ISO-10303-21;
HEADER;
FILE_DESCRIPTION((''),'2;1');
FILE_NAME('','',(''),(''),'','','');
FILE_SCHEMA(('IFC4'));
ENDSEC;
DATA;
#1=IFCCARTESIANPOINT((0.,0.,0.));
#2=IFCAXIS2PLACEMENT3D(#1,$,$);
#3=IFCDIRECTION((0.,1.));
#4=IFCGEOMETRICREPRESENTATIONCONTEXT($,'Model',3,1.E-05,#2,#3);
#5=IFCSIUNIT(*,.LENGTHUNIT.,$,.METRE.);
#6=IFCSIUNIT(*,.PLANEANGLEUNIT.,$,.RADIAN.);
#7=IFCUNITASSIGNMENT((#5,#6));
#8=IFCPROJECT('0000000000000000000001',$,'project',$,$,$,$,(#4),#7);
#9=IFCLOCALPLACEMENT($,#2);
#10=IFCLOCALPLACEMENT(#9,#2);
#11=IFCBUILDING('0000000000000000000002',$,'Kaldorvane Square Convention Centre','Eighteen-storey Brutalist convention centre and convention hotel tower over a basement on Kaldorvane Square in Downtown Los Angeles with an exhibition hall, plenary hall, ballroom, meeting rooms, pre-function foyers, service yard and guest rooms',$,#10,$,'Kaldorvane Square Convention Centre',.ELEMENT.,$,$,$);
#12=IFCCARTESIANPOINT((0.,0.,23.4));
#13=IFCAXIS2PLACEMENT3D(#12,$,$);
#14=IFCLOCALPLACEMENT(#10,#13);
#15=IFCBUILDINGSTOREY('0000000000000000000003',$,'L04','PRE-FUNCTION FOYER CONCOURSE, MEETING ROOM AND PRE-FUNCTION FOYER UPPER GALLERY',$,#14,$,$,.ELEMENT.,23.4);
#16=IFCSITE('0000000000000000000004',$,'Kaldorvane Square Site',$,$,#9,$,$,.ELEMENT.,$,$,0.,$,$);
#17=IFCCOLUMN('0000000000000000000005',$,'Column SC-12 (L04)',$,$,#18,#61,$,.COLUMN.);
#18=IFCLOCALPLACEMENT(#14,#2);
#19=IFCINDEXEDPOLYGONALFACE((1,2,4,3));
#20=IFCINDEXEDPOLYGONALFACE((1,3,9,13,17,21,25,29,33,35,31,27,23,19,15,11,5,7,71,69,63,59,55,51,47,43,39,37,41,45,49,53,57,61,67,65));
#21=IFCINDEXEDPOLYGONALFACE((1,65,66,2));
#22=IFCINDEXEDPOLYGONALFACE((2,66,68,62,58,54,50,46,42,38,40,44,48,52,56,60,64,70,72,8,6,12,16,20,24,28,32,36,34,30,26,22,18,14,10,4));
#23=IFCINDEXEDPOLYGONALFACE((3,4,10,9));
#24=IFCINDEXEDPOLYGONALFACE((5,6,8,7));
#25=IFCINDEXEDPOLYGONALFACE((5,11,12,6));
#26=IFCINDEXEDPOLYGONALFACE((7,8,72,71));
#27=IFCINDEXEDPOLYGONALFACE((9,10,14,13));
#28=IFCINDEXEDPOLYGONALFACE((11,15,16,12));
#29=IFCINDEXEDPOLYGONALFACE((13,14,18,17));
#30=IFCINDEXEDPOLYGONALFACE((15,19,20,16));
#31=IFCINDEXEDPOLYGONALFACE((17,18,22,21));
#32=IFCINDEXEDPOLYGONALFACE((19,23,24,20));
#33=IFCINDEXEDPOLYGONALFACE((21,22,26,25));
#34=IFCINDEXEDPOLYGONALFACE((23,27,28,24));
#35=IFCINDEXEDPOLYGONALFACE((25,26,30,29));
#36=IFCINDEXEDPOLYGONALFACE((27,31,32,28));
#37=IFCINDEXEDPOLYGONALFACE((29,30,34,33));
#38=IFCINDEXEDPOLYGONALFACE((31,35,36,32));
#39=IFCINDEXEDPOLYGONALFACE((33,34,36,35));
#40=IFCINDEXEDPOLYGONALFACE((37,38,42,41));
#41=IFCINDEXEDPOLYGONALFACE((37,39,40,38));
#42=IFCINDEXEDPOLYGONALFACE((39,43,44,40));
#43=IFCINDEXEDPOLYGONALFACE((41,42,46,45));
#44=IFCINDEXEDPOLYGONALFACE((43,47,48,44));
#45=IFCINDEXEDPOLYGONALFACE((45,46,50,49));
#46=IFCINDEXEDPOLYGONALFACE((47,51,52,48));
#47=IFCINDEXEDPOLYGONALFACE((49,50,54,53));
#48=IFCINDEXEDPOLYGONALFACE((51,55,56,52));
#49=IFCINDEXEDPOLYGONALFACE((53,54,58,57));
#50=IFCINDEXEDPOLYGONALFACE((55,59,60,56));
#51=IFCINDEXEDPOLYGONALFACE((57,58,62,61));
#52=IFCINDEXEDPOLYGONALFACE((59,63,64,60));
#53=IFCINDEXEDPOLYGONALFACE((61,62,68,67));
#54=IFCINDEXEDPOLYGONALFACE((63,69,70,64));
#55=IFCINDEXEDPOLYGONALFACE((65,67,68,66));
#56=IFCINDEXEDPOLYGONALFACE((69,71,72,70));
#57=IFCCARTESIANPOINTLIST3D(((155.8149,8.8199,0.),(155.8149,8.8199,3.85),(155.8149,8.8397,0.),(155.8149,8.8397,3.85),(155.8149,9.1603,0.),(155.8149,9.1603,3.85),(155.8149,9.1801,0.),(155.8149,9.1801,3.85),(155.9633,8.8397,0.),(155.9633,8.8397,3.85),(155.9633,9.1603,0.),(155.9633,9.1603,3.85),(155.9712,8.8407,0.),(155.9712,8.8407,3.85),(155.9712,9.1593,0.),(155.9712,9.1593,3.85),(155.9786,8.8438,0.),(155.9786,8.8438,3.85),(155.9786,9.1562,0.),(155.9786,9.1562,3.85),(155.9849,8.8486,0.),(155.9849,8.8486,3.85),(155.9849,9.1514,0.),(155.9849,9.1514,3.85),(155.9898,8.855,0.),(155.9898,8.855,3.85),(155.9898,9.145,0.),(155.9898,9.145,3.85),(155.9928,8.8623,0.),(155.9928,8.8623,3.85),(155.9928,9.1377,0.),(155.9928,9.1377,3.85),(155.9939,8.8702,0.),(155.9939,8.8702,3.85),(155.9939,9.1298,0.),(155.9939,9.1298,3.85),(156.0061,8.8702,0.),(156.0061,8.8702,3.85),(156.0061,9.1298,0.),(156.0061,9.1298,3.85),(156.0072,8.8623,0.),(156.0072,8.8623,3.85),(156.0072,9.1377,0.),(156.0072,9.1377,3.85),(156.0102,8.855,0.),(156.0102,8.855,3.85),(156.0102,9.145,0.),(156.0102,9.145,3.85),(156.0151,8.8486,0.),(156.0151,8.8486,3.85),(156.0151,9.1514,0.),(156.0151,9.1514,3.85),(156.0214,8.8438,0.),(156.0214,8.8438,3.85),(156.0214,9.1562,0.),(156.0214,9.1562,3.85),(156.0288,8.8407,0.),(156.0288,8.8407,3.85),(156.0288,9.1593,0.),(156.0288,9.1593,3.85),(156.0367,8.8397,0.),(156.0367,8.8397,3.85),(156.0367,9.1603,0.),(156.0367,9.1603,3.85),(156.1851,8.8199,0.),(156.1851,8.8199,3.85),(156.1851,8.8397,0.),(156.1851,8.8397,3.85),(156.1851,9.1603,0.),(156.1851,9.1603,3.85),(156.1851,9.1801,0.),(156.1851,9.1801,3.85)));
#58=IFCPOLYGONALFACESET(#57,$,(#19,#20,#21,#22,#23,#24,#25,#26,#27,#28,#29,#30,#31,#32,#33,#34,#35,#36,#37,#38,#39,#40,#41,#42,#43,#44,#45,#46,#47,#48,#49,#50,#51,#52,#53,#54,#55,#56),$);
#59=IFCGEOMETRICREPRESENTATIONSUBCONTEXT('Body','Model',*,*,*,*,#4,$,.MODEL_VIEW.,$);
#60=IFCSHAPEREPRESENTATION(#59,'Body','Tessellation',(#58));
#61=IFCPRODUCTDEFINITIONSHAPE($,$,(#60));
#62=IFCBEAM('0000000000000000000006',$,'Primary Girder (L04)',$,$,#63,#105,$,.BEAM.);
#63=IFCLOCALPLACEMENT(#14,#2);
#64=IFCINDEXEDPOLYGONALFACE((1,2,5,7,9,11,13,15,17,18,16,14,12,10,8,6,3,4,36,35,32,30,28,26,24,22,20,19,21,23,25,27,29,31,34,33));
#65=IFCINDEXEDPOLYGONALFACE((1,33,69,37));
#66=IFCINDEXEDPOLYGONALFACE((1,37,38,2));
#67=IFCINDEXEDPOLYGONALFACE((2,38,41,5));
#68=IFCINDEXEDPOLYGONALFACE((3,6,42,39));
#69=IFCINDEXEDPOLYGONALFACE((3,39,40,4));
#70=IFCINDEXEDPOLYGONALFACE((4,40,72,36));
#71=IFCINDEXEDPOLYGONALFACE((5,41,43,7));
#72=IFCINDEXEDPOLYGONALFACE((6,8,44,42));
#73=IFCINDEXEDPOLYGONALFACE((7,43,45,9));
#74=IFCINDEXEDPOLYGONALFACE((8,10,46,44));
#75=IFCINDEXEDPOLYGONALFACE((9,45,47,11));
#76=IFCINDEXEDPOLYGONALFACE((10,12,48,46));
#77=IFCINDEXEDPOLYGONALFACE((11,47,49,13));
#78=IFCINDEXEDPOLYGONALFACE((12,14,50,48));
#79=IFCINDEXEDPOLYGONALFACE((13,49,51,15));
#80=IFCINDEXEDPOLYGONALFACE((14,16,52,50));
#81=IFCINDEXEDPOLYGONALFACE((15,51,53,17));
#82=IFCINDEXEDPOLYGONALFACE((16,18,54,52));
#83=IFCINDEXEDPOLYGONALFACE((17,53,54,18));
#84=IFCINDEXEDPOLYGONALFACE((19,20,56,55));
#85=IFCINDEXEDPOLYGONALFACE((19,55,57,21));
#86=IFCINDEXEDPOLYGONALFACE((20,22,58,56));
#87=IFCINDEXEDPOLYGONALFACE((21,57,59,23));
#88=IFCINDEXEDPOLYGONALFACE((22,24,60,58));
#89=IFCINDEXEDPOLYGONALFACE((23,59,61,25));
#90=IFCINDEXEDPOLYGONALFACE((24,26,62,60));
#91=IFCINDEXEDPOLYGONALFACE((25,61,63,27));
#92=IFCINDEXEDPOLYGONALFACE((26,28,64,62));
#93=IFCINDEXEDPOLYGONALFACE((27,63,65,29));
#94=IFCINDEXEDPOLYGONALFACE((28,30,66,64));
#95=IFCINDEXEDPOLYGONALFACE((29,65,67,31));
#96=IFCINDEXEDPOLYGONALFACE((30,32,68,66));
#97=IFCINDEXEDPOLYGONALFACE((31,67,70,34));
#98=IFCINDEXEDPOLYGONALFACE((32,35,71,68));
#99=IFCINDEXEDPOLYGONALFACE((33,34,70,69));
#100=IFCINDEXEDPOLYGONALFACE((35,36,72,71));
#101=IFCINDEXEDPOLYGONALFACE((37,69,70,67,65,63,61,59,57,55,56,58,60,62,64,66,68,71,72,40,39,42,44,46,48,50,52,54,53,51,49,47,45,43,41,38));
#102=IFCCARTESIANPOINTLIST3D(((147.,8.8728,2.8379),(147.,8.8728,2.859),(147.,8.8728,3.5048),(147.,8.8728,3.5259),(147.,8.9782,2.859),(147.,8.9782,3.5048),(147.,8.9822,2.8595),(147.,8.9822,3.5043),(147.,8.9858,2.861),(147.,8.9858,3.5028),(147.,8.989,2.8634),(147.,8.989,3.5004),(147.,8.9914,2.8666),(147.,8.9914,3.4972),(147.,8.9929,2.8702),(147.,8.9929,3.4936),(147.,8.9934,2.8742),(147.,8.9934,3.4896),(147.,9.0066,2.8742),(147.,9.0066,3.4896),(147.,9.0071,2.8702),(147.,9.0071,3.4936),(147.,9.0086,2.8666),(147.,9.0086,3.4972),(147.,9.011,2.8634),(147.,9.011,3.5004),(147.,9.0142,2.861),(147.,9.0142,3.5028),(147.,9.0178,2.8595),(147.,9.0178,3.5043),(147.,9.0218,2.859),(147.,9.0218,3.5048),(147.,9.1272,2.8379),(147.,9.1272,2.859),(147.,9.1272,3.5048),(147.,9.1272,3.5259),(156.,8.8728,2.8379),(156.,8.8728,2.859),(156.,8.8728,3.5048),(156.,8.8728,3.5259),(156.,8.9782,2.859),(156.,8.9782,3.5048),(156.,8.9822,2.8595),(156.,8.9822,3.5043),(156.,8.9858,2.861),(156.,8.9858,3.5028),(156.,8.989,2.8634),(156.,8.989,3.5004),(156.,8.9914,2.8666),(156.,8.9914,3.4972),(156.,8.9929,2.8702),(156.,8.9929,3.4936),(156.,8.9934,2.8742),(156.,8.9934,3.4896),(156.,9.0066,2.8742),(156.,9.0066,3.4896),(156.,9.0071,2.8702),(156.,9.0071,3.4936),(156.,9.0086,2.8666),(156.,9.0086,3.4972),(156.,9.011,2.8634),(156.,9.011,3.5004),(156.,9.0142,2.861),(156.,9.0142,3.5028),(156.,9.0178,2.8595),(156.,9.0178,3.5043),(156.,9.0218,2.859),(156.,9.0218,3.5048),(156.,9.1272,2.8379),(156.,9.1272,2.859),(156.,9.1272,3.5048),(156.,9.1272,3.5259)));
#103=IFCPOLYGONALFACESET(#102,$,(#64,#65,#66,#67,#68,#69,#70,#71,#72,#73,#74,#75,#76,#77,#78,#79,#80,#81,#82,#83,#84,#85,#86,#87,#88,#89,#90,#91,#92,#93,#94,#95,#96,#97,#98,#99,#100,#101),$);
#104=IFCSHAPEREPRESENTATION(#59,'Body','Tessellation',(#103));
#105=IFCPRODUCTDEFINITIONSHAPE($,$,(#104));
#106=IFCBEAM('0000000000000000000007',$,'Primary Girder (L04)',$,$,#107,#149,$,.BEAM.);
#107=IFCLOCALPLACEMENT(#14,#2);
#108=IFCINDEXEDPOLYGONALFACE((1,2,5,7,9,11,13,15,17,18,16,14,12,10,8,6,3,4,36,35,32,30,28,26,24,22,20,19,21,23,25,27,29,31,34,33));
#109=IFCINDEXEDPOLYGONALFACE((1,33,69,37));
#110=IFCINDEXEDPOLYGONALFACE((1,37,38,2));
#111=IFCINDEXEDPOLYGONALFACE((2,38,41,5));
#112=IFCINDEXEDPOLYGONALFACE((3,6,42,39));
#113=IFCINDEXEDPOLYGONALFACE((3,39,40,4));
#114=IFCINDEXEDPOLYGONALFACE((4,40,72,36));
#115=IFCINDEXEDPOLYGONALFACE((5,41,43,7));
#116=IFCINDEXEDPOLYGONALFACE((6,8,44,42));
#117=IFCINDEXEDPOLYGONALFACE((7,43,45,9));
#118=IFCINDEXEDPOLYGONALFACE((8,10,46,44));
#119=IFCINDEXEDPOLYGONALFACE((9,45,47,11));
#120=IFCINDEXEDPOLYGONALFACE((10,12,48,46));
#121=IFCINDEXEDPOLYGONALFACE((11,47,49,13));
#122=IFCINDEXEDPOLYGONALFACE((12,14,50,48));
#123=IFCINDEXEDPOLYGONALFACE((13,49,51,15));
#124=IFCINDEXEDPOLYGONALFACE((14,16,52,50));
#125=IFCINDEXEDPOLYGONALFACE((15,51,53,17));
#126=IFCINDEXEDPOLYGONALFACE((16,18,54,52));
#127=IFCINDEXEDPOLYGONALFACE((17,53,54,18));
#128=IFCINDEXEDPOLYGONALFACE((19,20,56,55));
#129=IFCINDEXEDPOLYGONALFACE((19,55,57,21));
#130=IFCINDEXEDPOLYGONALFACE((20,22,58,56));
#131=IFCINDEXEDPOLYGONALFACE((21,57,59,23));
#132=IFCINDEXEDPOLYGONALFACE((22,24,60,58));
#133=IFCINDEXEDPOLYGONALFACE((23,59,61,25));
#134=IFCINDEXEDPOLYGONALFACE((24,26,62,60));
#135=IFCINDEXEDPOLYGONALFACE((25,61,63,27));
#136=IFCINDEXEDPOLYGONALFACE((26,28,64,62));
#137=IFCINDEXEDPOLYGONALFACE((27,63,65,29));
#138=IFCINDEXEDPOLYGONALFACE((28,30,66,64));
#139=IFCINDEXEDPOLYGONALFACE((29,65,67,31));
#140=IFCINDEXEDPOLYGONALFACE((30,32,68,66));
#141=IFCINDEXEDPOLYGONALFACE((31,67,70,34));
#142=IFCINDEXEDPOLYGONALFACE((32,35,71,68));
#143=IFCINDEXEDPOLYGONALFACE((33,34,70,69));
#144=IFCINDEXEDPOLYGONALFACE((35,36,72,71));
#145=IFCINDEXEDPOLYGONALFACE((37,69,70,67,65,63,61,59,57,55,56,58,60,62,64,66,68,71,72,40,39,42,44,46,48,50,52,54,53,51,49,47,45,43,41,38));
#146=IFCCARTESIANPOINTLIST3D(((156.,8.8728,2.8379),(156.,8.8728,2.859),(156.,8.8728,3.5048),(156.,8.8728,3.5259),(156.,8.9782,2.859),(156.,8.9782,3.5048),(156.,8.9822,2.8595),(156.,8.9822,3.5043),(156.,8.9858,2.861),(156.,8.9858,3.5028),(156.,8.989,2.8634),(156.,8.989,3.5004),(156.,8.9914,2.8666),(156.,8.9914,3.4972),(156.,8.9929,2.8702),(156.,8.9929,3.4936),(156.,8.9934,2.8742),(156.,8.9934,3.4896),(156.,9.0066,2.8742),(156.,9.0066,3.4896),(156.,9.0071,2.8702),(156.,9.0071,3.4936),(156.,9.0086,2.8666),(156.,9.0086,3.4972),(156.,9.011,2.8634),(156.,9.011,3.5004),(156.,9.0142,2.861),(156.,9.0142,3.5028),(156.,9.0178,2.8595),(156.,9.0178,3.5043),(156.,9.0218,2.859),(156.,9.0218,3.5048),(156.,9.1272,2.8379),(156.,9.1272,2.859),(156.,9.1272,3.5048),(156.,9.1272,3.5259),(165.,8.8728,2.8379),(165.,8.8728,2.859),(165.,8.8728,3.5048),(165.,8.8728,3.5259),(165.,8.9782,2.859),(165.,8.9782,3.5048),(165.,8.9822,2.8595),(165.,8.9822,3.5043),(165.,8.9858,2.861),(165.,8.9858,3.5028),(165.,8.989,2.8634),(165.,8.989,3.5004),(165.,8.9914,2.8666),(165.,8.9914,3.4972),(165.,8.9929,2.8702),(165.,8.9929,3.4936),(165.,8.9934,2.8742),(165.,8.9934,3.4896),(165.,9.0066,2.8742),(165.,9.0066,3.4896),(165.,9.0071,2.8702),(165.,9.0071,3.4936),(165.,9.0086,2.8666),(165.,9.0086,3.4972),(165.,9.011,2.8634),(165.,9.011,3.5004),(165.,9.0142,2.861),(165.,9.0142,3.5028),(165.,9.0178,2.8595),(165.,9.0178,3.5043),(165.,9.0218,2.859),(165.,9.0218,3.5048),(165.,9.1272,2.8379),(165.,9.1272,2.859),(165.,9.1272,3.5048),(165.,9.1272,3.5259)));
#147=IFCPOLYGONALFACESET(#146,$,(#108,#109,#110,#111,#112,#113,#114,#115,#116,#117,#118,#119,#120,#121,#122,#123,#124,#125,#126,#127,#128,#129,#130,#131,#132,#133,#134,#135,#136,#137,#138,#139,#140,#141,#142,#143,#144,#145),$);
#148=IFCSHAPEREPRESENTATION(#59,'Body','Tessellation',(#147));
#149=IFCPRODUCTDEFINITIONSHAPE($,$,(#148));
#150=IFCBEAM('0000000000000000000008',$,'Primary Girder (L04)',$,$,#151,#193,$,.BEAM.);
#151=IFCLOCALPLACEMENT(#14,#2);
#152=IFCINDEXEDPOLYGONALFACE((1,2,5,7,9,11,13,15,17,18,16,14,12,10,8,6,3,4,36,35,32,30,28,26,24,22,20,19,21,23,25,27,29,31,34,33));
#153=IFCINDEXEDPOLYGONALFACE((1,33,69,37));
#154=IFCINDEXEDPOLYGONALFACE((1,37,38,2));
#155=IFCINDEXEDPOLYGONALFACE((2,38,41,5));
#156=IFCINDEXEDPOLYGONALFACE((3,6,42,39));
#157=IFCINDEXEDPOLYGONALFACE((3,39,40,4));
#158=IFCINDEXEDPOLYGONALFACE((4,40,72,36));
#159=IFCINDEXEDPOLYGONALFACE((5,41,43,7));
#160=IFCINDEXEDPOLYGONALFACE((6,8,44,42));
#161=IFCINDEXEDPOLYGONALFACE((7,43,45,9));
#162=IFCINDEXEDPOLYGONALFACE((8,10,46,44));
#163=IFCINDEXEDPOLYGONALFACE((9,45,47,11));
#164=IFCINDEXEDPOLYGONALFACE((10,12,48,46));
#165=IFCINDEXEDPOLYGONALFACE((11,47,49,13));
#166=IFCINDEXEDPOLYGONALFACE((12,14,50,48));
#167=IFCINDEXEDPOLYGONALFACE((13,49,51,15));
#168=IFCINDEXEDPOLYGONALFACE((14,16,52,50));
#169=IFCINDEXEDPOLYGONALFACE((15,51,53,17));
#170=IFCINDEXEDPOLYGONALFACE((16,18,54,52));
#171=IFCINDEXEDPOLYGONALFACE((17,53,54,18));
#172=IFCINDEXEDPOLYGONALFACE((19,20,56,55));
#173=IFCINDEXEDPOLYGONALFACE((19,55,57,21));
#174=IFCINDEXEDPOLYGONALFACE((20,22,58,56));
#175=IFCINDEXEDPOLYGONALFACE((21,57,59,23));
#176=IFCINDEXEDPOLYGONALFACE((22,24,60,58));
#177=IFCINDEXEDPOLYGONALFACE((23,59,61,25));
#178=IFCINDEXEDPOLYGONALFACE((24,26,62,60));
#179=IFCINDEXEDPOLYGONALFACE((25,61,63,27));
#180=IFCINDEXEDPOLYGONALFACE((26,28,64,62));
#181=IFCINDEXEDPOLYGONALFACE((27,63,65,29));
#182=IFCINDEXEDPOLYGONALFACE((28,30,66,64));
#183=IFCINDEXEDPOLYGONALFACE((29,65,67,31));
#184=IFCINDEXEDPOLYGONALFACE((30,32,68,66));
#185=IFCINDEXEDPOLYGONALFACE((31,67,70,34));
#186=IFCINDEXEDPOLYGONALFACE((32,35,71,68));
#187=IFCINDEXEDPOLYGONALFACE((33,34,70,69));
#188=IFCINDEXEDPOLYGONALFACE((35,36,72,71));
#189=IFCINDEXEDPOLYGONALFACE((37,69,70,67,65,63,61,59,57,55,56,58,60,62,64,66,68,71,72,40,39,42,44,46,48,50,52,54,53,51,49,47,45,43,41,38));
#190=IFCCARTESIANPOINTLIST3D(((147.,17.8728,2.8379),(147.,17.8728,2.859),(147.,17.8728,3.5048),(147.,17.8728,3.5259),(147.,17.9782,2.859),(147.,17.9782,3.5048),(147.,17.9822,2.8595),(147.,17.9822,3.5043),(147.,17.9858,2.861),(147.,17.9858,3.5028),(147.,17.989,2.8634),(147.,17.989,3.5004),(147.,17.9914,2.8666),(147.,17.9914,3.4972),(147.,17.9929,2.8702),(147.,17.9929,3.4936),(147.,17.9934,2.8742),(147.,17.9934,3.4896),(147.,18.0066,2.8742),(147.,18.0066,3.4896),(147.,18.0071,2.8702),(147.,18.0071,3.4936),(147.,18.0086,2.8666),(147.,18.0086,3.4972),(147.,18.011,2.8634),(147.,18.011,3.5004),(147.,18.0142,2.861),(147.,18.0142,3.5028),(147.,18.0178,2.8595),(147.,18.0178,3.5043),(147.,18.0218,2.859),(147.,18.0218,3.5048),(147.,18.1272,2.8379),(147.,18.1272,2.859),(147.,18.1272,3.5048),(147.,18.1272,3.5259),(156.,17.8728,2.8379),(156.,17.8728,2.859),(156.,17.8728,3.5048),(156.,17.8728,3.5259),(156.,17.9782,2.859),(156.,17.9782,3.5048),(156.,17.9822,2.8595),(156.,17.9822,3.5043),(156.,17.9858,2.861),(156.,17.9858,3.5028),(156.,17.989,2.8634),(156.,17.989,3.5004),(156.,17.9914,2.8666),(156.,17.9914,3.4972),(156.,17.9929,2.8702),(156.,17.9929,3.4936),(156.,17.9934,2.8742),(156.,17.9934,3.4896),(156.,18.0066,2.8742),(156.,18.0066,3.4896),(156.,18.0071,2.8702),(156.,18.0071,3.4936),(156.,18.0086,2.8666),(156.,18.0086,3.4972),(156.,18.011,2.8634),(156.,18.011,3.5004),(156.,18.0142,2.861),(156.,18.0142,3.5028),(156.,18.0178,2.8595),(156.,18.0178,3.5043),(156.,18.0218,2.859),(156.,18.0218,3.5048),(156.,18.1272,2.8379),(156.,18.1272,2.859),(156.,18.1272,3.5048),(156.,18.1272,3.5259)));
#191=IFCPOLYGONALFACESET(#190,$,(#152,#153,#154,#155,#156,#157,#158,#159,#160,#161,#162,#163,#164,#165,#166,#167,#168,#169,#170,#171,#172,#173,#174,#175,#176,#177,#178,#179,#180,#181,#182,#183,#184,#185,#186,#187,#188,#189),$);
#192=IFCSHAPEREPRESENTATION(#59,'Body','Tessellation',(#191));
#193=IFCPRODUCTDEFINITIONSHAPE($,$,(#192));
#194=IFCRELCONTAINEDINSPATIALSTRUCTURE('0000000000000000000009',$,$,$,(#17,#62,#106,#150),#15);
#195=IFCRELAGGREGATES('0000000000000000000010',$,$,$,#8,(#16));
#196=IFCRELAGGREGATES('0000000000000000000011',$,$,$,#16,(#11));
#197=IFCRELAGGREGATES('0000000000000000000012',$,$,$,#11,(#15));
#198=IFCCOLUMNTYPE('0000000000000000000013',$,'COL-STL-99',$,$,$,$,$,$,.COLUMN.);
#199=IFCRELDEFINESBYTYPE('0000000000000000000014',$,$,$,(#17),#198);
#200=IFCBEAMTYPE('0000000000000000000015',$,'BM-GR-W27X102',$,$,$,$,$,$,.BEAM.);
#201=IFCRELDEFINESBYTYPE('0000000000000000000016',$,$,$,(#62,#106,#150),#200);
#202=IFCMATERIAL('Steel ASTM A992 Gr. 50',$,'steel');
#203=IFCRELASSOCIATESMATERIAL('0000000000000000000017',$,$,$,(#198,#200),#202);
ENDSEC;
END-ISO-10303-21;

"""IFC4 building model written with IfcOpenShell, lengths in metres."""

from ifc_helpers import new_model, si_unit, direction, frame, origin, origin_2d, place, context, subcontext, project, spatial, i_section, extrude, material, material_profile, profile_set, type_object, element, save


model = new_model("IFC4")

# Units and contexts
model_context = context("Model", 3, precision=1e-05, world=origin(), true_north=direction((0.0, 1.0)))
body_context = subcontext(model_context, "Body", "Model", "MODEL_VIEW")
ifc_project = project(units=[si_unit("LENGTHUNIT", "METRE"), si_unit("PLANEANGLEUNIT", "RADIAN")], contexts=[model_context])

# Site, building, storey
site_placement = place(None, origin())
site = spatial("IfcSite", under=ifc_project, at=site_placement, Name="Kaldorvane Square Site", CompositionType="ELEMENT", RefElevation=0.0)
building_placement = place(site_placement, origin())
building = spatial("IfcBuilding", under=site, at=building_placement, Name="Kaldorvane Square Convention Centre", Description="Eighteen-storey Brutalist convention centre and convention hotel tower over a basement on Kaldorvane Square in Downtown Los Angeles with an exhibition hall, plenary hall, ballroom, meeting rooms, pre-function foyers, service yard and guest rooms", LongName="Kaldorvane Square Convention Centre", CompositionType="ELEMENT")
storey_placement = place(building_placement, frame((0.0, 0.0, 23.4)))
storey = spatial("IfcBuildingStorey", under=building, at=storey_placement, Name="L04", Description="PRE-FUNCTION FOYER CONCOURSE, MEETING ROOM AND PRE-FUNCTION FOYER UPPER GALLERY", CompositionType="ELEMENT", Elevation=23.4)

# Column
ifc_material_1 = material(Name="Steel ASTM A992 Gr. 50", Category="steel")
ifc_material_profile_1 = material_profile(ifc_material_1, i_section(OverallWidth=0.3701, OverallDepth=0.3602, WebThickness=0.0123, FlangeThickness=0.0198, FilletRadius=0.0305, at=origin_2d()), Name="W14X99")
ifc_profile_set_1 = profile_set([ifc_material_profile_1], Name="Steel ASTM A992 Gr. 50")
column_type = type_object("IfcColumnType", Name="COL-STL-99", PredefinedType="COLUMN", material=ifc_profile_set_1)
for number, where, z_axis, x_axis, name in (
    (1, (156.0, 9.0, 0.0), (0.0, 0.0, 1.0), (1.0, 0.0, 0.0), "Column SC-12 (L04)"),
):
    element("IfcColumn", number, at=place(storey_placement, frame(where, z_axis=z_axis, x_axis=x_axis)), inside=storey, type_object=column_type, Name=name, PredefinedType="COLUMN", context=body_context, shape_type="SweptSolid", body=[
        extrude(i_section(OverallWidth=0.3701, OverallDepth=0.3602, WebThickness=0.0123, FlangeThickness=0.0198, FilletRadius=0.0305, at=origin_2d()), origin(), (0.0, 0.0, 1.0), 3.85),
    ])

# Beams
ifc_material_profile_2 = material_profile(ifc_material_1, i_section(OverallWidth=0.2544, OverallDepth=0.6881, WebThickness=0.0131, FlangeThickness=0.0211, FilletRadius=0.0152, at=origin_2d()), Name="W27X102")
ifc_profile_set_2 = profile_set([ifc_material_profile_2], Name="Steel ASTM A992 Gr. 50")
beam_type_1 = type_object("IfcBeamType", Name="BM-GR-W27X102", PredefinedType="BEAM", material=ifc_profile_set_2)
for number, where, z_axis, x_axis, name in (
    (2, (147.0, 9.0, 3.1819), (1.0, 0.0, 0.0), (0.0, 1.0, 0.0), "Primary Girder (L04)"),
    (3, (156.0, 9.0, 3.1819), (1.0, 0.0, 0.0), (0.0, 1.0, 0.0), "Primary Girder (L04)"),
    (4, (147.0, 18.0, 3.1819), (1.0, 0.0, 0.0), (0.0, 1.0, 0.0), "Primary Girder (L04)"),
):
    element("IfcBeam", number, at=place(storey_placement, frame(where, z_axis=z_axis, x_axis=x_axis)), inside=storey, type_object=beam_type_1, Name=name, PredefinedType="BEAM", context=body_context, shape_type="SweptSolid", body=[
        extrude(i_section(OverallWidth=0.2544, OverallDepth=0.6881, WebThickness=0.0131, FlangeThickness=0.0211, FilletRadius=0.0152, at=origin_2d()), origin(), (0.0, 0.0, 1.0), 9.0),
    ])

save(model, "model.ifc")
